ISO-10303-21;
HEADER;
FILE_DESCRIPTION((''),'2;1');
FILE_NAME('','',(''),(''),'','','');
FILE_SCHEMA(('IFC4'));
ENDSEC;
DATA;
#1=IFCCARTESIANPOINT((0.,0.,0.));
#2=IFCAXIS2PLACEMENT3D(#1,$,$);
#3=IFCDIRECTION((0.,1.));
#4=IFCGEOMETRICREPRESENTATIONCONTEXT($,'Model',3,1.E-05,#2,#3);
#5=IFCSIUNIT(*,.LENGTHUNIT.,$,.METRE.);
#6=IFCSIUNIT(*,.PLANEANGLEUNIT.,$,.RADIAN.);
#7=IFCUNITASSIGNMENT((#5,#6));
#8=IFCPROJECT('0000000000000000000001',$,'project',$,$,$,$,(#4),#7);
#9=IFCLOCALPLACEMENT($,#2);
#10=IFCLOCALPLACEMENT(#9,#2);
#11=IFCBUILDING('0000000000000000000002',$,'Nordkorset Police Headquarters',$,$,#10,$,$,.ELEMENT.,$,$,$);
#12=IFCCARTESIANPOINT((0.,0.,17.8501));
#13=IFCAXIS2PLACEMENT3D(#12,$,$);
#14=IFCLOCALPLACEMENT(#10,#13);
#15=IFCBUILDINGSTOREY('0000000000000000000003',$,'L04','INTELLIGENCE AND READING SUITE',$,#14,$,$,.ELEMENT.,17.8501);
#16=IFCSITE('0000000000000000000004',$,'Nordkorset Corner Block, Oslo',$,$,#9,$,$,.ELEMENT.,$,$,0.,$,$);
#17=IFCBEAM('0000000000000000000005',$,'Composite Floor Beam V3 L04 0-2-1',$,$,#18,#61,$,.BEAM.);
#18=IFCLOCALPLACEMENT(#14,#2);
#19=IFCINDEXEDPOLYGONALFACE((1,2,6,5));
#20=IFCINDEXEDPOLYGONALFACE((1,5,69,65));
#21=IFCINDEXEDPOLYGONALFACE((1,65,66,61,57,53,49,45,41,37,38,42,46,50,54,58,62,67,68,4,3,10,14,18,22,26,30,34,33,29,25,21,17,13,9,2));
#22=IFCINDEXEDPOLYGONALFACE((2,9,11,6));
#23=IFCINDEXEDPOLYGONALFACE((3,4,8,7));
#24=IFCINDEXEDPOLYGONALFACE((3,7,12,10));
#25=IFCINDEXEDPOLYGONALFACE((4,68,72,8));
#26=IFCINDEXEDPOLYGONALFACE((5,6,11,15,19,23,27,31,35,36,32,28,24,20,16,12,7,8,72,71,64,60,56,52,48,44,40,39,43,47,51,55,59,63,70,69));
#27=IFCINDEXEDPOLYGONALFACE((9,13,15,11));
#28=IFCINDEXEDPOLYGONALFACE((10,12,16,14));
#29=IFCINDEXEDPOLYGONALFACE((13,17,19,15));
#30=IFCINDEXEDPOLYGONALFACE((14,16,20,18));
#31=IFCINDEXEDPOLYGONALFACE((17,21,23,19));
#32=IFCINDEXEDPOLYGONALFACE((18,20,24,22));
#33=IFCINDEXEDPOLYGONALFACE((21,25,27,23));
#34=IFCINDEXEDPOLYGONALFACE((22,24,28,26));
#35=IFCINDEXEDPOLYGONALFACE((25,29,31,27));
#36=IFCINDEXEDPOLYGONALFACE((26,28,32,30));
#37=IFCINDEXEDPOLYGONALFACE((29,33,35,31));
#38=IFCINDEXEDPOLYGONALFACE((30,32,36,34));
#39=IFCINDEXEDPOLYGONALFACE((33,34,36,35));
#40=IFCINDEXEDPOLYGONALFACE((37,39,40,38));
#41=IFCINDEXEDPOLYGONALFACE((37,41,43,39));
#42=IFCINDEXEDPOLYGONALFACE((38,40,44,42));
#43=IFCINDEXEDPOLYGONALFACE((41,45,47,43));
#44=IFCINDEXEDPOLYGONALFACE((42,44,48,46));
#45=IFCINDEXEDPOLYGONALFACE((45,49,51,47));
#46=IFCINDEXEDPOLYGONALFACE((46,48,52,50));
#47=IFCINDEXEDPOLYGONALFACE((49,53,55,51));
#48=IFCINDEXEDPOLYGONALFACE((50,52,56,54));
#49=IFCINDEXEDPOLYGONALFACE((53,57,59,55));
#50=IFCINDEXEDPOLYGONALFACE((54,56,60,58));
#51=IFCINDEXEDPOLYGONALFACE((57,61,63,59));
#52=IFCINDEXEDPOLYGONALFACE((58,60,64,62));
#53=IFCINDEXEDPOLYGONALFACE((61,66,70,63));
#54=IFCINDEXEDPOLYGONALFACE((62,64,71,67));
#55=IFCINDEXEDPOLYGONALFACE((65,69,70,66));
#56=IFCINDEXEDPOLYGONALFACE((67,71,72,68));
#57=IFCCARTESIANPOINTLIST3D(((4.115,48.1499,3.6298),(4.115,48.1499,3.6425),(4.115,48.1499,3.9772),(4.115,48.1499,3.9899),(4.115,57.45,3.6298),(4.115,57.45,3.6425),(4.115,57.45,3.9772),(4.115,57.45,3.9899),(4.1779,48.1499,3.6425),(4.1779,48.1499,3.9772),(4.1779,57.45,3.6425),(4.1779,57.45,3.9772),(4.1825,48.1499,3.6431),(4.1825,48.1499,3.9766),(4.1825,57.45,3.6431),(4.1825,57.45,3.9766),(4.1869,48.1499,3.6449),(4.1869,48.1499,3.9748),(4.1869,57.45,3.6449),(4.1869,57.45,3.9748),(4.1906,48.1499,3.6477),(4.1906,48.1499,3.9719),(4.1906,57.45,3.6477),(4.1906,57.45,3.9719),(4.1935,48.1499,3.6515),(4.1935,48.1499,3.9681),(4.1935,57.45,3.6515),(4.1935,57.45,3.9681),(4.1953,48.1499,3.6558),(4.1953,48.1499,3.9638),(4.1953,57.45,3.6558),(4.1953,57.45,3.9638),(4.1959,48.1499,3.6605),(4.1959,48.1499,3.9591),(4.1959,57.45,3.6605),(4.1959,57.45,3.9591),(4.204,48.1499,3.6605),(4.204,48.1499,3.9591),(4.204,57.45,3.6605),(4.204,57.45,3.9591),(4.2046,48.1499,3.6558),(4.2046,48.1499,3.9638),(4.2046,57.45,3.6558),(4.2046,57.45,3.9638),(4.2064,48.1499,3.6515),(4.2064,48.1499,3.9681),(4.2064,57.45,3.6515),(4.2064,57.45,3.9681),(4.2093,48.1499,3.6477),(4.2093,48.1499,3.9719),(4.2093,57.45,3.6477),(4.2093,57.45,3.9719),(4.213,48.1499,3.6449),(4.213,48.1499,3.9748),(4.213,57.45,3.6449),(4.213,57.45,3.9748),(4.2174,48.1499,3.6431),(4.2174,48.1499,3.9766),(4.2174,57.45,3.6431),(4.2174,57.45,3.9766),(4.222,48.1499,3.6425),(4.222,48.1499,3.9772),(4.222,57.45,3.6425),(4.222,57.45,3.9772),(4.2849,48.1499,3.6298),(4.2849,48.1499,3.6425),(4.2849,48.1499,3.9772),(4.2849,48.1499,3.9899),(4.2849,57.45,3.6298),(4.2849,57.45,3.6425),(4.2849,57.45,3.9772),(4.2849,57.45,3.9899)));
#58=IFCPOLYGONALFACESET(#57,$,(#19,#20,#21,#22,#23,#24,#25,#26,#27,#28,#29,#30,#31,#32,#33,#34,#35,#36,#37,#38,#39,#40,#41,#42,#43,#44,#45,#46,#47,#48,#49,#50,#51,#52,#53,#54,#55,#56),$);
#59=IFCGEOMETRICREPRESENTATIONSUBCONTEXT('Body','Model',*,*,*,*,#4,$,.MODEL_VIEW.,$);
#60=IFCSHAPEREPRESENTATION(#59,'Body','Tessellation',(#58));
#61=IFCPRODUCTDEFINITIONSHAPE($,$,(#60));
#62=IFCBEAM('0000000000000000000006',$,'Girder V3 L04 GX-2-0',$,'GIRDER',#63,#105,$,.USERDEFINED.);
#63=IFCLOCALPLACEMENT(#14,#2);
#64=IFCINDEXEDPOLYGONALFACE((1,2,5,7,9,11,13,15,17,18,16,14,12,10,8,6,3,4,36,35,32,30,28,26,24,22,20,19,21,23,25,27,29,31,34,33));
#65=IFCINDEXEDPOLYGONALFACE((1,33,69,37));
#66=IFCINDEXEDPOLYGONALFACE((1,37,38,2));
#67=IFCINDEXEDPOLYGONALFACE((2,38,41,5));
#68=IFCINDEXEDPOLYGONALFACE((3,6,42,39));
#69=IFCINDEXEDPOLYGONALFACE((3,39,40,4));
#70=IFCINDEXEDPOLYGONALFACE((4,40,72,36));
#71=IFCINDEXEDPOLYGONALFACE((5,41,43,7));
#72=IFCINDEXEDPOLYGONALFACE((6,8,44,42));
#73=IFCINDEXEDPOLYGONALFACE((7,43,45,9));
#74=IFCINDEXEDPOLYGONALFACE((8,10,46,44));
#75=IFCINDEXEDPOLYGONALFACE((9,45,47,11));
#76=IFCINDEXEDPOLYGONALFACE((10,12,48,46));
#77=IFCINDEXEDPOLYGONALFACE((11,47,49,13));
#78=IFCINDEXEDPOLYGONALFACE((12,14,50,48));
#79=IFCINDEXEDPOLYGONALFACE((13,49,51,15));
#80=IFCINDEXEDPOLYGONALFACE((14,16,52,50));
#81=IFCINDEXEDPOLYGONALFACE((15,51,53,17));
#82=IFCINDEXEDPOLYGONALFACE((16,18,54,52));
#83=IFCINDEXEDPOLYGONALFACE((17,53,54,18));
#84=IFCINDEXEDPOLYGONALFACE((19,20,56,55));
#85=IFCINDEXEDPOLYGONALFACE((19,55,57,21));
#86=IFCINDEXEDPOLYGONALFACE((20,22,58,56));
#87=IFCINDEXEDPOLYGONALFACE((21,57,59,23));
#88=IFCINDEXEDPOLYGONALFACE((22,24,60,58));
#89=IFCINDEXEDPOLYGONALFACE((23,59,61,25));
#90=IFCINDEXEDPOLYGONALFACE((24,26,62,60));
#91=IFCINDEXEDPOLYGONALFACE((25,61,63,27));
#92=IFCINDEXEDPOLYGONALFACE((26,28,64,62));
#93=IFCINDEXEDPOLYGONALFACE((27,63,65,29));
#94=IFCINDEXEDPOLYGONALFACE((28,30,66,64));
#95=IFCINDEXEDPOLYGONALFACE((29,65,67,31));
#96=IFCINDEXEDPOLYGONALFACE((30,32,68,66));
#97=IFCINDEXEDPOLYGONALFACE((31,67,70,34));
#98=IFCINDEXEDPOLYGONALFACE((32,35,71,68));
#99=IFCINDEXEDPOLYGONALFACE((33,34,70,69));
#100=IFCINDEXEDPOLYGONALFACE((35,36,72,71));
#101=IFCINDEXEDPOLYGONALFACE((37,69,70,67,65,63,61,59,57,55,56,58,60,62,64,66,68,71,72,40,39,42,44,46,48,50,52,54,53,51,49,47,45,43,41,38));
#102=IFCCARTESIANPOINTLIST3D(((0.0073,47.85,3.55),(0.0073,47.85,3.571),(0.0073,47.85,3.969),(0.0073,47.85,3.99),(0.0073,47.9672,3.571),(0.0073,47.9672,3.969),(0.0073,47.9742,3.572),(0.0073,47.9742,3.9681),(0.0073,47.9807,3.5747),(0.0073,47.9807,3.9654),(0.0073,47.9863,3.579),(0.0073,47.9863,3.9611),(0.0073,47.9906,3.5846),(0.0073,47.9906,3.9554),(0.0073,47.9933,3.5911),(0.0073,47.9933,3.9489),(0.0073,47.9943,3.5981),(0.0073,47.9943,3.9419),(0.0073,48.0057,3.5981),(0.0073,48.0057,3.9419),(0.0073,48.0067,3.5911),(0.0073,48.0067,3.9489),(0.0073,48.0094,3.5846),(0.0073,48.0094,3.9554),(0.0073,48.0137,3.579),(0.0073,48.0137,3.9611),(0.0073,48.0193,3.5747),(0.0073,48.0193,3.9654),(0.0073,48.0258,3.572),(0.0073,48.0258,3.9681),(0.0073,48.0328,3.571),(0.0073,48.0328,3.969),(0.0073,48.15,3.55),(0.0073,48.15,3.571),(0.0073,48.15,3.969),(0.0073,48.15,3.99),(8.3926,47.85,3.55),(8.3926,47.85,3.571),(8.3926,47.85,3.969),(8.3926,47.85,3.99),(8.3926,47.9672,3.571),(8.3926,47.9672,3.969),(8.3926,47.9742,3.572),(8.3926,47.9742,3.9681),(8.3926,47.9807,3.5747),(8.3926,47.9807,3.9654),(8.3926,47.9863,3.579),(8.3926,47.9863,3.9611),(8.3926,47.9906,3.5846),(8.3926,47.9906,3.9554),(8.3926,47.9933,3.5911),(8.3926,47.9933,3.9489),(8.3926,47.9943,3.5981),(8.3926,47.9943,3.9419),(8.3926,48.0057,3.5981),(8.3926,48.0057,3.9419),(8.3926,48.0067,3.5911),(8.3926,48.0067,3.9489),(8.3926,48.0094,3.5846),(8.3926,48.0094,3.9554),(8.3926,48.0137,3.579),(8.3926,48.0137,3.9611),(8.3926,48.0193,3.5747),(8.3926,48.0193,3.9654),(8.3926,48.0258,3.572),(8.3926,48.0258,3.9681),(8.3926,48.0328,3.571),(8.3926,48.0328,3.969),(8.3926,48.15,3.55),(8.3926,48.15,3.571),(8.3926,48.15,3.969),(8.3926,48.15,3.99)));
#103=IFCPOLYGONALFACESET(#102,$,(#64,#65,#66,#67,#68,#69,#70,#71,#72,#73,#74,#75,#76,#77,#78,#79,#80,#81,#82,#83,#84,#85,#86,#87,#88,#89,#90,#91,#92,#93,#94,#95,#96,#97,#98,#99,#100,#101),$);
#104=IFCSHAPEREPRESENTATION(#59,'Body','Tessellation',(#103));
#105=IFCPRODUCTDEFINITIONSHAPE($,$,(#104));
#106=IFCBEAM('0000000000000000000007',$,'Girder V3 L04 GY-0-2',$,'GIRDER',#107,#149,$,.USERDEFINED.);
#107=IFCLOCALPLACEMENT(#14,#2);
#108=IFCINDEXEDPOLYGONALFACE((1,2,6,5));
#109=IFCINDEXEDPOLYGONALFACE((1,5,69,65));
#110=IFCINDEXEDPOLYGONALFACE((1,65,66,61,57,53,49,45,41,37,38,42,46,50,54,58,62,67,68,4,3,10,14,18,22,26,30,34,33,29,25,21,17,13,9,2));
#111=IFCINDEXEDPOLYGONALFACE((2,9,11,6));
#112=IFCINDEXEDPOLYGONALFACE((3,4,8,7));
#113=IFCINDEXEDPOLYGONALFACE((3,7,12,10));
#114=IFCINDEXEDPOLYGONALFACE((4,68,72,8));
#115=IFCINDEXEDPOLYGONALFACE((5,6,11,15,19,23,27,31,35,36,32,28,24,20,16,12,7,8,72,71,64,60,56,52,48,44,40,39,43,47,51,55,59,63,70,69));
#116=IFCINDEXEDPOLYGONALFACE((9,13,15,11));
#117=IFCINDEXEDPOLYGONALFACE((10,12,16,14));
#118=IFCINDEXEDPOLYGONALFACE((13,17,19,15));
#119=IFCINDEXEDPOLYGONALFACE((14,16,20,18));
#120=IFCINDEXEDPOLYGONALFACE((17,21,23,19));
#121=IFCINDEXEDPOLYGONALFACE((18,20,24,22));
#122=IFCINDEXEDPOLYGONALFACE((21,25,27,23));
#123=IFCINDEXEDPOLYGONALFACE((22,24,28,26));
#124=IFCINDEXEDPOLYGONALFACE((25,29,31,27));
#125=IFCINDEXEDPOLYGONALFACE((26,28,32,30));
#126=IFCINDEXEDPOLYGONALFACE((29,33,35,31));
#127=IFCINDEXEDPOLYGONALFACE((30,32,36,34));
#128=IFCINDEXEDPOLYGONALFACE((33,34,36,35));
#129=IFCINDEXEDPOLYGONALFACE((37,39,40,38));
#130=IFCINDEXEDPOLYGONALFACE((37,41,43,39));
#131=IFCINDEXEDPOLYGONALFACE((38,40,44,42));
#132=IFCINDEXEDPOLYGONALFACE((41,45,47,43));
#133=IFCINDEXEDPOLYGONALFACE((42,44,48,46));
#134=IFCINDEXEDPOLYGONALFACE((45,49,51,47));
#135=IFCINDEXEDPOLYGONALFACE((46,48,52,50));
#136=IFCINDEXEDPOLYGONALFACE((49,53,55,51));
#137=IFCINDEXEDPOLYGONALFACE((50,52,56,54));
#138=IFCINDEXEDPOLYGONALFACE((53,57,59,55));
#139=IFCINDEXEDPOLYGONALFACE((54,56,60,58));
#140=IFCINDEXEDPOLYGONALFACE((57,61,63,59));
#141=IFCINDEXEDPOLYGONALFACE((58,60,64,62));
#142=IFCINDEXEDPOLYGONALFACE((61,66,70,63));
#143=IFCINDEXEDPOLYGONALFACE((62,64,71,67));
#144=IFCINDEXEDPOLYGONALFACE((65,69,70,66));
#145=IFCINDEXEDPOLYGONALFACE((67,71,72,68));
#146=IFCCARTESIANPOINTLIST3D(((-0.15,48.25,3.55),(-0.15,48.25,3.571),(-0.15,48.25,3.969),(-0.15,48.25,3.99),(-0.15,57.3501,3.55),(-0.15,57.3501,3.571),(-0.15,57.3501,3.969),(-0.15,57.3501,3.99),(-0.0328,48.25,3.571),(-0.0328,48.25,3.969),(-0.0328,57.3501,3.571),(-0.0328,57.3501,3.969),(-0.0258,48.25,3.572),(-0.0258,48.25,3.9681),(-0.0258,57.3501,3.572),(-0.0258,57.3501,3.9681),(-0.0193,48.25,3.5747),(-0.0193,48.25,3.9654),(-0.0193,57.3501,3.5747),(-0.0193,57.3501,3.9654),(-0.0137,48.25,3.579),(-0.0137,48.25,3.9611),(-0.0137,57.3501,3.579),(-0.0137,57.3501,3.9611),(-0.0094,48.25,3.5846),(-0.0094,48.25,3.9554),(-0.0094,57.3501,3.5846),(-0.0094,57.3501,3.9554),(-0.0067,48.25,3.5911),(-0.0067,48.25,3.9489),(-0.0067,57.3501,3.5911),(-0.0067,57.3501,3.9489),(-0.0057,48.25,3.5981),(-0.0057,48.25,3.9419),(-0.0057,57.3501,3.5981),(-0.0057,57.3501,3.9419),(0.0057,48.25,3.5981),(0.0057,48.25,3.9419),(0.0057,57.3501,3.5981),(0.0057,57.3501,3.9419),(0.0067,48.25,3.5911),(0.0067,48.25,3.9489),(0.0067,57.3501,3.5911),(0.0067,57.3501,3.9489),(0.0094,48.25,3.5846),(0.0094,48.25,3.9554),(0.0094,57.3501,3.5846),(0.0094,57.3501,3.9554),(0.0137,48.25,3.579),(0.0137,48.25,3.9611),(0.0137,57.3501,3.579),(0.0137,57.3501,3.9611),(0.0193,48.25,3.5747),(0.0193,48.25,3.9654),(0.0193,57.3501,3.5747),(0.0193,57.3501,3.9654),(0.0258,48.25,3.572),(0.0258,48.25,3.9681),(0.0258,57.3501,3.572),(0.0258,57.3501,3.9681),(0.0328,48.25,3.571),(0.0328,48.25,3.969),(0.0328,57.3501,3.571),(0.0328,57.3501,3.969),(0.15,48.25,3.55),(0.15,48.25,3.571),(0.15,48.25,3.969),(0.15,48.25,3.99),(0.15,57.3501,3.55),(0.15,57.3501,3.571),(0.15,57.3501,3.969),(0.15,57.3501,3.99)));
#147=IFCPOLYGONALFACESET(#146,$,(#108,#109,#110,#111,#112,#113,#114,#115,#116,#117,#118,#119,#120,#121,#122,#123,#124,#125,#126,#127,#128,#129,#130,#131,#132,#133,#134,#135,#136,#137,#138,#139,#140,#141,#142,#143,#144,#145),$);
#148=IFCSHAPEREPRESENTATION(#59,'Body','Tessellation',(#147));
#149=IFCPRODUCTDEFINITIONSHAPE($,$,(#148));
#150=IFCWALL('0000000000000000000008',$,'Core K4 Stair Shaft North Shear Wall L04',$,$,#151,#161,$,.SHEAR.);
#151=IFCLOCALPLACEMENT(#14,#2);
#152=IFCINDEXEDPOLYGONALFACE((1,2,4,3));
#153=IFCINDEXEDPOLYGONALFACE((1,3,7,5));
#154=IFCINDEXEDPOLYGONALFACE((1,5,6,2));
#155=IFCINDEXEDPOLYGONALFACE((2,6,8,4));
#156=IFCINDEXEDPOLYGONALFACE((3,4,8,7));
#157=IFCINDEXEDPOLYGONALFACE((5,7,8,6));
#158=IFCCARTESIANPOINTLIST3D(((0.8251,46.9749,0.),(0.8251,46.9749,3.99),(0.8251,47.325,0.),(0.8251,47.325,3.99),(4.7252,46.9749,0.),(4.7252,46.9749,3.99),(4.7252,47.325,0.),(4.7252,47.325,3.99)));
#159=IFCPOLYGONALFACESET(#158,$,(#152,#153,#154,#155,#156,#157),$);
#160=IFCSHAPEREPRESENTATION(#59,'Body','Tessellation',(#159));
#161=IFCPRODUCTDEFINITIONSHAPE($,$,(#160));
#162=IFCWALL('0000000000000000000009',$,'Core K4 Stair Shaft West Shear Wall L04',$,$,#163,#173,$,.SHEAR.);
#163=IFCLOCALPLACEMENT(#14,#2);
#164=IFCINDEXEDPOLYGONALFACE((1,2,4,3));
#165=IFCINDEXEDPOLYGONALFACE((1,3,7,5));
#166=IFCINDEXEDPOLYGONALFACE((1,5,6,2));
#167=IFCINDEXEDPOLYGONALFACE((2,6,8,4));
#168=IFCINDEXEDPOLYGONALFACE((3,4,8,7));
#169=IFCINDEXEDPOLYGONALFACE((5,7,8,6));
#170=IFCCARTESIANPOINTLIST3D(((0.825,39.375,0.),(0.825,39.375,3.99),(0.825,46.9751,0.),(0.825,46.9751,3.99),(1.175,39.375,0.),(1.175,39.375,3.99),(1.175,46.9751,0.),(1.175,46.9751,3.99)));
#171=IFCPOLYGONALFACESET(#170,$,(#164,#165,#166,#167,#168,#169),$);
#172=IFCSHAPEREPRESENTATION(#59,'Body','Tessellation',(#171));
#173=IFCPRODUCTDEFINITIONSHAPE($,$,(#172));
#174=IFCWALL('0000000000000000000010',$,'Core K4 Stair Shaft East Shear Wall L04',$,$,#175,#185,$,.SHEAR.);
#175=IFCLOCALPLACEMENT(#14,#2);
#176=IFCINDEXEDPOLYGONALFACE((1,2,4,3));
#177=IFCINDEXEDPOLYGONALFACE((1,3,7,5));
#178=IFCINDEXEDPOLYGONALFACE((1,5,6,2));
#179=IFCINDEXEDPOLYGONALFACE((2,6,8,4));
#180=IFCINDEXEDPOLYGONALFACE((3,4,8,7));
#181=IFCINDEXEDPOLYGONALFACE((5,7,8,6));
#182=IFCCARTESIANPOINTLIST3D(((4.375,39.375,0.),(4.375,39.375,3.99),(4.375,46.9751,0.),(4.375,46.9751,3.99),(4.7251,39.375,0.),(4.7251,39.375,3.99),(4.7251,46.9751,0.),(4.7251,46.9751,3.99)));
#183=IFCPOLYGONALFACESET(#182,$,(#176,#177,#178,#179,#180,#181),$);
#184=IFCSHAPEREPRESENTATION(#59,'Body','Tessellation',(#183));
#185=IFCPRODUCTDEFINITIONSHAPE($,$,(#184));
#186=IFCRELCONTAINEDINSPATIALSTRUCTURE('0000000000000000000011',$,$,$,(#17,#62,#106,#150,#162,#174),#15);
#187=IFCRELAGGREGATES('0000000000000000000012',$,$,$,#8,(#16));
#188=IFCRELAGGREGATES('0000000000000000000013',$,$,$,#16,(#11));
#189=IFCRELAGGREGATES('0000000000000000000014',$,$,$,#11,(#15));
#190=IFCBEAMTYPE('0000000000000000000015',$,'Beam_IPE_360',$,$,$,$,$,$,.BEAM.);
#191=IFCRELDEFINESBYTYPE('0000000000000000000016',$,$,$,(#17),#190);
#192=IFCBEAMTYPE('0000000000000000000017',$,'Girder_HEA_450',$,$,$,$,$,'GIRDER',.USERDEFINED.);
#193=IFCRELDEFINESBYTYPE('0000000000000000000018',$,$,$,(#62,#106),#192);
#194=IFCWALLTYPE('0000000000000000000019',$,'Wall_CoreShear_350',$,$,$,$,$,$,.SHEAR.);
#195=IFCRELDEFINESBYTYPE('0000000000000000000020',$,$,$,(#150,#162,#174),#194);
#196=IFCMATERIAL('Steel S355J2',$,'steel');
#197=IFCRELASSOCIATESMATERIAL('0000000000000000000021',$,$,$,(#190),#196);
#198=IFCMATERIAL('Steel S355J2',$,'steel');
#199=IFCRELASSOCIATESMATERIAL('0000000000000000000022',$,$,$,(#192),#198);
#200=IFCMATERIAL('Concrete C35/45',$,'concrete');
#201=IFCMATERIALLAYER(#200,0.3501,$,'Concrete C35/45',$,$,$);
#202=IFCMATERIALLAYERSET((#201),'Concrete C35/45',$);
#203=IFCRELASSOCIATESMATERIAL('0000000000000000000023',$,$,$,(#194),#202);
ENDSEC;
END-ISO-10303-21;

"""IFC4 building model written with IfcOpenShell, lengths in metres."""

from ifc_helpers import new_model, si_unit, direction, frame, frame_2d, origin, origin_2d, place, context, subcontext, project, spatial, rectangle, i_section, extrude, material, layer, layer_set, material_profile, profile_set, type_object, element, save


model = new_model("IFC4")

# Units and contexts
model_context = context("Model", 3, precision=1e-05, world=origin(), true_north=direction((0.0, 1.0)))
body_context = subcontext(model_context, "Body", "Model", "MODEL_VIEW")
ifc_project = project(units=[si_unit("LENGTHUNIT", "METRE"), si_unit("PLANEANGLEUNIT", "RADIAN")], contexts=[model_context])

# Site, building, storey
site_placement = place(None, origin())
site = spatial("IfcSite", under=ifc_project, at=site_placement, Name="Nordkorset Corner Block, Oslo", CompositionType="ELEMENT", RefElevation=0.0)
building_placement = place(site_placement, origin())
building = spatial("IfcBuilding", under=site, at=building_placement, Name="Nordkorset Police Headquarters", CompositionType="ELEMENT")
storey_placement = place(building_placement, frame((0.0, 0.0, 17.8501)))
storey = spatial("IfcBuildingStorey", under=building, at=storey_placement, Name="L04", Description="INTELLIGENCE AND READING SUITE", CompositionType="ELEMENT", Elevation=17.8501)

# Beams
ifc_material_1 = material(Name="Steel S355J2", Category="steel")
ifc_material_profile_1 = material_profile(ifc_material_1, i_section(OverallWidth=0.1699, OverallDepth=0.3601, WebThickness=0.0081, FlangeThickness=0.0127, FilletRadius=0.0181, at=origin_2d()), Name="IPE 360")
ifc_profile_set_1 = profile_set([ifc_material_profile_1], Name="Steel S355J2")
beam_type_1 = type_object("IfcBeamType", Name="Beam_IPE_360", PredefinedType="BEAM", material=ifc_profile_set_1)
beam_1_placement = place(storey_placement, frame((4.2, 48.1499, 3.8098), z_axis=(0.0, 1.0, 0.0), x_axis=(-1.0, 0.0, 0.0)))
element("IfcBeam", 1, at=beam_1_placement, inside=storey, type_object=beam_type_1, Name="Composite Floor Beam V3 L04 0-2-1", PredefinedType="BEAM", context=body_context, shape_type="SweptSolid", body=[
    extrude(i_section(OverallWidth=0.1699, OverallDepth=0.3601, WebThickness=0.0081, FlangeThickness=0.0127, FilletRadius=0.0181, at=origin_2d()), origin(), (0.0, 0.0, 1.0), 9.3),
])
ifc_material_2 = material(Name="Steel S355J2", Category="steel")
ifc_material_profile_2 = material_profile(ifc_material_2, i_section(OverallWidth=0.3, OverallDepth=0.4399, WebThickness=0.0115, FlangeThickness=0.021, FilletRadius=0.0271, at=origin_2d()), Name="HEA 450")
ifc_profile_set_2 = profile_set([ifc_material_profile_2], Name="Steel S355J2")
beam_type_2 = type_object("IfcBeamType", Name="Girder_HEA_450", ElementType="GIRDER", PredefinedType="USERDEFINED", material=ifc_profile_set_2)
beam_2_placement = place(storey_placement, frame((0.0073, 48.0, 3.77), z_axis=(1.0, 0.0, 0.0), x_axis=(0.0, 1.0, 0.0)))
element("IfcBeam", 2, at=beam_2_placement, inside=storey, type_object=beam_type_2, Name="Girder V3 L04 GX-2-0", ObjectType="GIRDER", PredefinedType="USERDEFINED", context=body_context, shape_type="SweptSolid", body=[
    extrude(i_section(OverallWidth=0.3, OverallDepth=0.4399, WebThickness=0.0115, FlangeThickness=0.021, FilletRadius=0.0271, at=origin_2d()), origin(), (0.0, 0.0, 1.0), 8.3853),
])
beam_3_placement = place(storey_placement, frame((0.0, 48.25, 3.77), z_axis=(0.0, 1.0, 0.0), x_axis=(-1.0, 0.0, 0.0)))
element("IfcBeam", 3, at=beam_3_placement, inside=storey, type_object=beam_type_2, Name="Girder V3 L04 GY-0-2", ObjectType="GIRDER", PredefinedType="USERDEFINED", context=body_context, shape_type="SweptSolid", body=[
    extrude(i_section(OverallWidth=0.3, OverallDepth=0.4399, WebThickness=0.0115, FlangeThickness=0.021, FilletRadius=0.0271, at=origin_2d()), origin(), (0.0, 0.0, 1.0), 9.1001),
])

# Shared definitions
ifc_material_3 = material(Name="Concrete C35/45", Category="concrete")
ifc_layer_1 = layer(ifc_material_3, 0.3501, Name="Concrete C35/45")
ifc_layer_set_1 = layer_set([ifc_layer_1], Name="Concrete C35/45")
wall_type_1 = type_object("IfcWallType", Name="Wall_CoreShear_350", PredefinedType="SHEAR", material=ifc_layer_set_1)

# Walls
wall_1_placement = place(storey_placement, frame((0.825, 47.1499, 0.0), z_axis=(0.0, 0.0, 1.0), x_axis=(1.0, 0.0, 0.0)))
element("IfcWall", 4, at=wall_1_placement, inside=storey, type_object=wall_type_1, Name="Core K4 Stair Shaft North Shear Wall L04", PredefinedType="SHEAR", context=body_context, shape_type="SweptSolid", body=[
    extrude(rectangle(XDim=3.9001, YDim=0.3501, at=frame_2d((1.9502, 0.0))), origin(), (0.0, 0.0, 1.0), 3.99),
])
for number, where, z_axis, x_axis, name in (
    (5, (1.0, 39.375, 0.0), (0.0, 0.0, 1.0), (0.0, 1.0, 0.0), "Core K4 Stair Shaft West Shear Wall L04"),
    (6, (4.55, 39.375, 0.0), (0.0, 0.0, 1.0), (0.0, 1.0, 0.0), "Core K4 Stair Shaft East Shear Wall L04"),
):
    element("IfcWall", number, at=place(storey_placement, frame(where, z_axis=z_axis, x_axis=x_axis)), inside=storey, type_object=wall_type_1, Name=name, PredefinedType="SHEAR", context=body_context, shape_type="SweptSolid", body=[
        extrude(rectangle(XDim=7.6001, YDim=0.3501, at=frame_2d((3.8, 0.0))), origin(), (0.0, 0.0, 1.0), 3.99),
    ])

save(model, "model.ifc")
